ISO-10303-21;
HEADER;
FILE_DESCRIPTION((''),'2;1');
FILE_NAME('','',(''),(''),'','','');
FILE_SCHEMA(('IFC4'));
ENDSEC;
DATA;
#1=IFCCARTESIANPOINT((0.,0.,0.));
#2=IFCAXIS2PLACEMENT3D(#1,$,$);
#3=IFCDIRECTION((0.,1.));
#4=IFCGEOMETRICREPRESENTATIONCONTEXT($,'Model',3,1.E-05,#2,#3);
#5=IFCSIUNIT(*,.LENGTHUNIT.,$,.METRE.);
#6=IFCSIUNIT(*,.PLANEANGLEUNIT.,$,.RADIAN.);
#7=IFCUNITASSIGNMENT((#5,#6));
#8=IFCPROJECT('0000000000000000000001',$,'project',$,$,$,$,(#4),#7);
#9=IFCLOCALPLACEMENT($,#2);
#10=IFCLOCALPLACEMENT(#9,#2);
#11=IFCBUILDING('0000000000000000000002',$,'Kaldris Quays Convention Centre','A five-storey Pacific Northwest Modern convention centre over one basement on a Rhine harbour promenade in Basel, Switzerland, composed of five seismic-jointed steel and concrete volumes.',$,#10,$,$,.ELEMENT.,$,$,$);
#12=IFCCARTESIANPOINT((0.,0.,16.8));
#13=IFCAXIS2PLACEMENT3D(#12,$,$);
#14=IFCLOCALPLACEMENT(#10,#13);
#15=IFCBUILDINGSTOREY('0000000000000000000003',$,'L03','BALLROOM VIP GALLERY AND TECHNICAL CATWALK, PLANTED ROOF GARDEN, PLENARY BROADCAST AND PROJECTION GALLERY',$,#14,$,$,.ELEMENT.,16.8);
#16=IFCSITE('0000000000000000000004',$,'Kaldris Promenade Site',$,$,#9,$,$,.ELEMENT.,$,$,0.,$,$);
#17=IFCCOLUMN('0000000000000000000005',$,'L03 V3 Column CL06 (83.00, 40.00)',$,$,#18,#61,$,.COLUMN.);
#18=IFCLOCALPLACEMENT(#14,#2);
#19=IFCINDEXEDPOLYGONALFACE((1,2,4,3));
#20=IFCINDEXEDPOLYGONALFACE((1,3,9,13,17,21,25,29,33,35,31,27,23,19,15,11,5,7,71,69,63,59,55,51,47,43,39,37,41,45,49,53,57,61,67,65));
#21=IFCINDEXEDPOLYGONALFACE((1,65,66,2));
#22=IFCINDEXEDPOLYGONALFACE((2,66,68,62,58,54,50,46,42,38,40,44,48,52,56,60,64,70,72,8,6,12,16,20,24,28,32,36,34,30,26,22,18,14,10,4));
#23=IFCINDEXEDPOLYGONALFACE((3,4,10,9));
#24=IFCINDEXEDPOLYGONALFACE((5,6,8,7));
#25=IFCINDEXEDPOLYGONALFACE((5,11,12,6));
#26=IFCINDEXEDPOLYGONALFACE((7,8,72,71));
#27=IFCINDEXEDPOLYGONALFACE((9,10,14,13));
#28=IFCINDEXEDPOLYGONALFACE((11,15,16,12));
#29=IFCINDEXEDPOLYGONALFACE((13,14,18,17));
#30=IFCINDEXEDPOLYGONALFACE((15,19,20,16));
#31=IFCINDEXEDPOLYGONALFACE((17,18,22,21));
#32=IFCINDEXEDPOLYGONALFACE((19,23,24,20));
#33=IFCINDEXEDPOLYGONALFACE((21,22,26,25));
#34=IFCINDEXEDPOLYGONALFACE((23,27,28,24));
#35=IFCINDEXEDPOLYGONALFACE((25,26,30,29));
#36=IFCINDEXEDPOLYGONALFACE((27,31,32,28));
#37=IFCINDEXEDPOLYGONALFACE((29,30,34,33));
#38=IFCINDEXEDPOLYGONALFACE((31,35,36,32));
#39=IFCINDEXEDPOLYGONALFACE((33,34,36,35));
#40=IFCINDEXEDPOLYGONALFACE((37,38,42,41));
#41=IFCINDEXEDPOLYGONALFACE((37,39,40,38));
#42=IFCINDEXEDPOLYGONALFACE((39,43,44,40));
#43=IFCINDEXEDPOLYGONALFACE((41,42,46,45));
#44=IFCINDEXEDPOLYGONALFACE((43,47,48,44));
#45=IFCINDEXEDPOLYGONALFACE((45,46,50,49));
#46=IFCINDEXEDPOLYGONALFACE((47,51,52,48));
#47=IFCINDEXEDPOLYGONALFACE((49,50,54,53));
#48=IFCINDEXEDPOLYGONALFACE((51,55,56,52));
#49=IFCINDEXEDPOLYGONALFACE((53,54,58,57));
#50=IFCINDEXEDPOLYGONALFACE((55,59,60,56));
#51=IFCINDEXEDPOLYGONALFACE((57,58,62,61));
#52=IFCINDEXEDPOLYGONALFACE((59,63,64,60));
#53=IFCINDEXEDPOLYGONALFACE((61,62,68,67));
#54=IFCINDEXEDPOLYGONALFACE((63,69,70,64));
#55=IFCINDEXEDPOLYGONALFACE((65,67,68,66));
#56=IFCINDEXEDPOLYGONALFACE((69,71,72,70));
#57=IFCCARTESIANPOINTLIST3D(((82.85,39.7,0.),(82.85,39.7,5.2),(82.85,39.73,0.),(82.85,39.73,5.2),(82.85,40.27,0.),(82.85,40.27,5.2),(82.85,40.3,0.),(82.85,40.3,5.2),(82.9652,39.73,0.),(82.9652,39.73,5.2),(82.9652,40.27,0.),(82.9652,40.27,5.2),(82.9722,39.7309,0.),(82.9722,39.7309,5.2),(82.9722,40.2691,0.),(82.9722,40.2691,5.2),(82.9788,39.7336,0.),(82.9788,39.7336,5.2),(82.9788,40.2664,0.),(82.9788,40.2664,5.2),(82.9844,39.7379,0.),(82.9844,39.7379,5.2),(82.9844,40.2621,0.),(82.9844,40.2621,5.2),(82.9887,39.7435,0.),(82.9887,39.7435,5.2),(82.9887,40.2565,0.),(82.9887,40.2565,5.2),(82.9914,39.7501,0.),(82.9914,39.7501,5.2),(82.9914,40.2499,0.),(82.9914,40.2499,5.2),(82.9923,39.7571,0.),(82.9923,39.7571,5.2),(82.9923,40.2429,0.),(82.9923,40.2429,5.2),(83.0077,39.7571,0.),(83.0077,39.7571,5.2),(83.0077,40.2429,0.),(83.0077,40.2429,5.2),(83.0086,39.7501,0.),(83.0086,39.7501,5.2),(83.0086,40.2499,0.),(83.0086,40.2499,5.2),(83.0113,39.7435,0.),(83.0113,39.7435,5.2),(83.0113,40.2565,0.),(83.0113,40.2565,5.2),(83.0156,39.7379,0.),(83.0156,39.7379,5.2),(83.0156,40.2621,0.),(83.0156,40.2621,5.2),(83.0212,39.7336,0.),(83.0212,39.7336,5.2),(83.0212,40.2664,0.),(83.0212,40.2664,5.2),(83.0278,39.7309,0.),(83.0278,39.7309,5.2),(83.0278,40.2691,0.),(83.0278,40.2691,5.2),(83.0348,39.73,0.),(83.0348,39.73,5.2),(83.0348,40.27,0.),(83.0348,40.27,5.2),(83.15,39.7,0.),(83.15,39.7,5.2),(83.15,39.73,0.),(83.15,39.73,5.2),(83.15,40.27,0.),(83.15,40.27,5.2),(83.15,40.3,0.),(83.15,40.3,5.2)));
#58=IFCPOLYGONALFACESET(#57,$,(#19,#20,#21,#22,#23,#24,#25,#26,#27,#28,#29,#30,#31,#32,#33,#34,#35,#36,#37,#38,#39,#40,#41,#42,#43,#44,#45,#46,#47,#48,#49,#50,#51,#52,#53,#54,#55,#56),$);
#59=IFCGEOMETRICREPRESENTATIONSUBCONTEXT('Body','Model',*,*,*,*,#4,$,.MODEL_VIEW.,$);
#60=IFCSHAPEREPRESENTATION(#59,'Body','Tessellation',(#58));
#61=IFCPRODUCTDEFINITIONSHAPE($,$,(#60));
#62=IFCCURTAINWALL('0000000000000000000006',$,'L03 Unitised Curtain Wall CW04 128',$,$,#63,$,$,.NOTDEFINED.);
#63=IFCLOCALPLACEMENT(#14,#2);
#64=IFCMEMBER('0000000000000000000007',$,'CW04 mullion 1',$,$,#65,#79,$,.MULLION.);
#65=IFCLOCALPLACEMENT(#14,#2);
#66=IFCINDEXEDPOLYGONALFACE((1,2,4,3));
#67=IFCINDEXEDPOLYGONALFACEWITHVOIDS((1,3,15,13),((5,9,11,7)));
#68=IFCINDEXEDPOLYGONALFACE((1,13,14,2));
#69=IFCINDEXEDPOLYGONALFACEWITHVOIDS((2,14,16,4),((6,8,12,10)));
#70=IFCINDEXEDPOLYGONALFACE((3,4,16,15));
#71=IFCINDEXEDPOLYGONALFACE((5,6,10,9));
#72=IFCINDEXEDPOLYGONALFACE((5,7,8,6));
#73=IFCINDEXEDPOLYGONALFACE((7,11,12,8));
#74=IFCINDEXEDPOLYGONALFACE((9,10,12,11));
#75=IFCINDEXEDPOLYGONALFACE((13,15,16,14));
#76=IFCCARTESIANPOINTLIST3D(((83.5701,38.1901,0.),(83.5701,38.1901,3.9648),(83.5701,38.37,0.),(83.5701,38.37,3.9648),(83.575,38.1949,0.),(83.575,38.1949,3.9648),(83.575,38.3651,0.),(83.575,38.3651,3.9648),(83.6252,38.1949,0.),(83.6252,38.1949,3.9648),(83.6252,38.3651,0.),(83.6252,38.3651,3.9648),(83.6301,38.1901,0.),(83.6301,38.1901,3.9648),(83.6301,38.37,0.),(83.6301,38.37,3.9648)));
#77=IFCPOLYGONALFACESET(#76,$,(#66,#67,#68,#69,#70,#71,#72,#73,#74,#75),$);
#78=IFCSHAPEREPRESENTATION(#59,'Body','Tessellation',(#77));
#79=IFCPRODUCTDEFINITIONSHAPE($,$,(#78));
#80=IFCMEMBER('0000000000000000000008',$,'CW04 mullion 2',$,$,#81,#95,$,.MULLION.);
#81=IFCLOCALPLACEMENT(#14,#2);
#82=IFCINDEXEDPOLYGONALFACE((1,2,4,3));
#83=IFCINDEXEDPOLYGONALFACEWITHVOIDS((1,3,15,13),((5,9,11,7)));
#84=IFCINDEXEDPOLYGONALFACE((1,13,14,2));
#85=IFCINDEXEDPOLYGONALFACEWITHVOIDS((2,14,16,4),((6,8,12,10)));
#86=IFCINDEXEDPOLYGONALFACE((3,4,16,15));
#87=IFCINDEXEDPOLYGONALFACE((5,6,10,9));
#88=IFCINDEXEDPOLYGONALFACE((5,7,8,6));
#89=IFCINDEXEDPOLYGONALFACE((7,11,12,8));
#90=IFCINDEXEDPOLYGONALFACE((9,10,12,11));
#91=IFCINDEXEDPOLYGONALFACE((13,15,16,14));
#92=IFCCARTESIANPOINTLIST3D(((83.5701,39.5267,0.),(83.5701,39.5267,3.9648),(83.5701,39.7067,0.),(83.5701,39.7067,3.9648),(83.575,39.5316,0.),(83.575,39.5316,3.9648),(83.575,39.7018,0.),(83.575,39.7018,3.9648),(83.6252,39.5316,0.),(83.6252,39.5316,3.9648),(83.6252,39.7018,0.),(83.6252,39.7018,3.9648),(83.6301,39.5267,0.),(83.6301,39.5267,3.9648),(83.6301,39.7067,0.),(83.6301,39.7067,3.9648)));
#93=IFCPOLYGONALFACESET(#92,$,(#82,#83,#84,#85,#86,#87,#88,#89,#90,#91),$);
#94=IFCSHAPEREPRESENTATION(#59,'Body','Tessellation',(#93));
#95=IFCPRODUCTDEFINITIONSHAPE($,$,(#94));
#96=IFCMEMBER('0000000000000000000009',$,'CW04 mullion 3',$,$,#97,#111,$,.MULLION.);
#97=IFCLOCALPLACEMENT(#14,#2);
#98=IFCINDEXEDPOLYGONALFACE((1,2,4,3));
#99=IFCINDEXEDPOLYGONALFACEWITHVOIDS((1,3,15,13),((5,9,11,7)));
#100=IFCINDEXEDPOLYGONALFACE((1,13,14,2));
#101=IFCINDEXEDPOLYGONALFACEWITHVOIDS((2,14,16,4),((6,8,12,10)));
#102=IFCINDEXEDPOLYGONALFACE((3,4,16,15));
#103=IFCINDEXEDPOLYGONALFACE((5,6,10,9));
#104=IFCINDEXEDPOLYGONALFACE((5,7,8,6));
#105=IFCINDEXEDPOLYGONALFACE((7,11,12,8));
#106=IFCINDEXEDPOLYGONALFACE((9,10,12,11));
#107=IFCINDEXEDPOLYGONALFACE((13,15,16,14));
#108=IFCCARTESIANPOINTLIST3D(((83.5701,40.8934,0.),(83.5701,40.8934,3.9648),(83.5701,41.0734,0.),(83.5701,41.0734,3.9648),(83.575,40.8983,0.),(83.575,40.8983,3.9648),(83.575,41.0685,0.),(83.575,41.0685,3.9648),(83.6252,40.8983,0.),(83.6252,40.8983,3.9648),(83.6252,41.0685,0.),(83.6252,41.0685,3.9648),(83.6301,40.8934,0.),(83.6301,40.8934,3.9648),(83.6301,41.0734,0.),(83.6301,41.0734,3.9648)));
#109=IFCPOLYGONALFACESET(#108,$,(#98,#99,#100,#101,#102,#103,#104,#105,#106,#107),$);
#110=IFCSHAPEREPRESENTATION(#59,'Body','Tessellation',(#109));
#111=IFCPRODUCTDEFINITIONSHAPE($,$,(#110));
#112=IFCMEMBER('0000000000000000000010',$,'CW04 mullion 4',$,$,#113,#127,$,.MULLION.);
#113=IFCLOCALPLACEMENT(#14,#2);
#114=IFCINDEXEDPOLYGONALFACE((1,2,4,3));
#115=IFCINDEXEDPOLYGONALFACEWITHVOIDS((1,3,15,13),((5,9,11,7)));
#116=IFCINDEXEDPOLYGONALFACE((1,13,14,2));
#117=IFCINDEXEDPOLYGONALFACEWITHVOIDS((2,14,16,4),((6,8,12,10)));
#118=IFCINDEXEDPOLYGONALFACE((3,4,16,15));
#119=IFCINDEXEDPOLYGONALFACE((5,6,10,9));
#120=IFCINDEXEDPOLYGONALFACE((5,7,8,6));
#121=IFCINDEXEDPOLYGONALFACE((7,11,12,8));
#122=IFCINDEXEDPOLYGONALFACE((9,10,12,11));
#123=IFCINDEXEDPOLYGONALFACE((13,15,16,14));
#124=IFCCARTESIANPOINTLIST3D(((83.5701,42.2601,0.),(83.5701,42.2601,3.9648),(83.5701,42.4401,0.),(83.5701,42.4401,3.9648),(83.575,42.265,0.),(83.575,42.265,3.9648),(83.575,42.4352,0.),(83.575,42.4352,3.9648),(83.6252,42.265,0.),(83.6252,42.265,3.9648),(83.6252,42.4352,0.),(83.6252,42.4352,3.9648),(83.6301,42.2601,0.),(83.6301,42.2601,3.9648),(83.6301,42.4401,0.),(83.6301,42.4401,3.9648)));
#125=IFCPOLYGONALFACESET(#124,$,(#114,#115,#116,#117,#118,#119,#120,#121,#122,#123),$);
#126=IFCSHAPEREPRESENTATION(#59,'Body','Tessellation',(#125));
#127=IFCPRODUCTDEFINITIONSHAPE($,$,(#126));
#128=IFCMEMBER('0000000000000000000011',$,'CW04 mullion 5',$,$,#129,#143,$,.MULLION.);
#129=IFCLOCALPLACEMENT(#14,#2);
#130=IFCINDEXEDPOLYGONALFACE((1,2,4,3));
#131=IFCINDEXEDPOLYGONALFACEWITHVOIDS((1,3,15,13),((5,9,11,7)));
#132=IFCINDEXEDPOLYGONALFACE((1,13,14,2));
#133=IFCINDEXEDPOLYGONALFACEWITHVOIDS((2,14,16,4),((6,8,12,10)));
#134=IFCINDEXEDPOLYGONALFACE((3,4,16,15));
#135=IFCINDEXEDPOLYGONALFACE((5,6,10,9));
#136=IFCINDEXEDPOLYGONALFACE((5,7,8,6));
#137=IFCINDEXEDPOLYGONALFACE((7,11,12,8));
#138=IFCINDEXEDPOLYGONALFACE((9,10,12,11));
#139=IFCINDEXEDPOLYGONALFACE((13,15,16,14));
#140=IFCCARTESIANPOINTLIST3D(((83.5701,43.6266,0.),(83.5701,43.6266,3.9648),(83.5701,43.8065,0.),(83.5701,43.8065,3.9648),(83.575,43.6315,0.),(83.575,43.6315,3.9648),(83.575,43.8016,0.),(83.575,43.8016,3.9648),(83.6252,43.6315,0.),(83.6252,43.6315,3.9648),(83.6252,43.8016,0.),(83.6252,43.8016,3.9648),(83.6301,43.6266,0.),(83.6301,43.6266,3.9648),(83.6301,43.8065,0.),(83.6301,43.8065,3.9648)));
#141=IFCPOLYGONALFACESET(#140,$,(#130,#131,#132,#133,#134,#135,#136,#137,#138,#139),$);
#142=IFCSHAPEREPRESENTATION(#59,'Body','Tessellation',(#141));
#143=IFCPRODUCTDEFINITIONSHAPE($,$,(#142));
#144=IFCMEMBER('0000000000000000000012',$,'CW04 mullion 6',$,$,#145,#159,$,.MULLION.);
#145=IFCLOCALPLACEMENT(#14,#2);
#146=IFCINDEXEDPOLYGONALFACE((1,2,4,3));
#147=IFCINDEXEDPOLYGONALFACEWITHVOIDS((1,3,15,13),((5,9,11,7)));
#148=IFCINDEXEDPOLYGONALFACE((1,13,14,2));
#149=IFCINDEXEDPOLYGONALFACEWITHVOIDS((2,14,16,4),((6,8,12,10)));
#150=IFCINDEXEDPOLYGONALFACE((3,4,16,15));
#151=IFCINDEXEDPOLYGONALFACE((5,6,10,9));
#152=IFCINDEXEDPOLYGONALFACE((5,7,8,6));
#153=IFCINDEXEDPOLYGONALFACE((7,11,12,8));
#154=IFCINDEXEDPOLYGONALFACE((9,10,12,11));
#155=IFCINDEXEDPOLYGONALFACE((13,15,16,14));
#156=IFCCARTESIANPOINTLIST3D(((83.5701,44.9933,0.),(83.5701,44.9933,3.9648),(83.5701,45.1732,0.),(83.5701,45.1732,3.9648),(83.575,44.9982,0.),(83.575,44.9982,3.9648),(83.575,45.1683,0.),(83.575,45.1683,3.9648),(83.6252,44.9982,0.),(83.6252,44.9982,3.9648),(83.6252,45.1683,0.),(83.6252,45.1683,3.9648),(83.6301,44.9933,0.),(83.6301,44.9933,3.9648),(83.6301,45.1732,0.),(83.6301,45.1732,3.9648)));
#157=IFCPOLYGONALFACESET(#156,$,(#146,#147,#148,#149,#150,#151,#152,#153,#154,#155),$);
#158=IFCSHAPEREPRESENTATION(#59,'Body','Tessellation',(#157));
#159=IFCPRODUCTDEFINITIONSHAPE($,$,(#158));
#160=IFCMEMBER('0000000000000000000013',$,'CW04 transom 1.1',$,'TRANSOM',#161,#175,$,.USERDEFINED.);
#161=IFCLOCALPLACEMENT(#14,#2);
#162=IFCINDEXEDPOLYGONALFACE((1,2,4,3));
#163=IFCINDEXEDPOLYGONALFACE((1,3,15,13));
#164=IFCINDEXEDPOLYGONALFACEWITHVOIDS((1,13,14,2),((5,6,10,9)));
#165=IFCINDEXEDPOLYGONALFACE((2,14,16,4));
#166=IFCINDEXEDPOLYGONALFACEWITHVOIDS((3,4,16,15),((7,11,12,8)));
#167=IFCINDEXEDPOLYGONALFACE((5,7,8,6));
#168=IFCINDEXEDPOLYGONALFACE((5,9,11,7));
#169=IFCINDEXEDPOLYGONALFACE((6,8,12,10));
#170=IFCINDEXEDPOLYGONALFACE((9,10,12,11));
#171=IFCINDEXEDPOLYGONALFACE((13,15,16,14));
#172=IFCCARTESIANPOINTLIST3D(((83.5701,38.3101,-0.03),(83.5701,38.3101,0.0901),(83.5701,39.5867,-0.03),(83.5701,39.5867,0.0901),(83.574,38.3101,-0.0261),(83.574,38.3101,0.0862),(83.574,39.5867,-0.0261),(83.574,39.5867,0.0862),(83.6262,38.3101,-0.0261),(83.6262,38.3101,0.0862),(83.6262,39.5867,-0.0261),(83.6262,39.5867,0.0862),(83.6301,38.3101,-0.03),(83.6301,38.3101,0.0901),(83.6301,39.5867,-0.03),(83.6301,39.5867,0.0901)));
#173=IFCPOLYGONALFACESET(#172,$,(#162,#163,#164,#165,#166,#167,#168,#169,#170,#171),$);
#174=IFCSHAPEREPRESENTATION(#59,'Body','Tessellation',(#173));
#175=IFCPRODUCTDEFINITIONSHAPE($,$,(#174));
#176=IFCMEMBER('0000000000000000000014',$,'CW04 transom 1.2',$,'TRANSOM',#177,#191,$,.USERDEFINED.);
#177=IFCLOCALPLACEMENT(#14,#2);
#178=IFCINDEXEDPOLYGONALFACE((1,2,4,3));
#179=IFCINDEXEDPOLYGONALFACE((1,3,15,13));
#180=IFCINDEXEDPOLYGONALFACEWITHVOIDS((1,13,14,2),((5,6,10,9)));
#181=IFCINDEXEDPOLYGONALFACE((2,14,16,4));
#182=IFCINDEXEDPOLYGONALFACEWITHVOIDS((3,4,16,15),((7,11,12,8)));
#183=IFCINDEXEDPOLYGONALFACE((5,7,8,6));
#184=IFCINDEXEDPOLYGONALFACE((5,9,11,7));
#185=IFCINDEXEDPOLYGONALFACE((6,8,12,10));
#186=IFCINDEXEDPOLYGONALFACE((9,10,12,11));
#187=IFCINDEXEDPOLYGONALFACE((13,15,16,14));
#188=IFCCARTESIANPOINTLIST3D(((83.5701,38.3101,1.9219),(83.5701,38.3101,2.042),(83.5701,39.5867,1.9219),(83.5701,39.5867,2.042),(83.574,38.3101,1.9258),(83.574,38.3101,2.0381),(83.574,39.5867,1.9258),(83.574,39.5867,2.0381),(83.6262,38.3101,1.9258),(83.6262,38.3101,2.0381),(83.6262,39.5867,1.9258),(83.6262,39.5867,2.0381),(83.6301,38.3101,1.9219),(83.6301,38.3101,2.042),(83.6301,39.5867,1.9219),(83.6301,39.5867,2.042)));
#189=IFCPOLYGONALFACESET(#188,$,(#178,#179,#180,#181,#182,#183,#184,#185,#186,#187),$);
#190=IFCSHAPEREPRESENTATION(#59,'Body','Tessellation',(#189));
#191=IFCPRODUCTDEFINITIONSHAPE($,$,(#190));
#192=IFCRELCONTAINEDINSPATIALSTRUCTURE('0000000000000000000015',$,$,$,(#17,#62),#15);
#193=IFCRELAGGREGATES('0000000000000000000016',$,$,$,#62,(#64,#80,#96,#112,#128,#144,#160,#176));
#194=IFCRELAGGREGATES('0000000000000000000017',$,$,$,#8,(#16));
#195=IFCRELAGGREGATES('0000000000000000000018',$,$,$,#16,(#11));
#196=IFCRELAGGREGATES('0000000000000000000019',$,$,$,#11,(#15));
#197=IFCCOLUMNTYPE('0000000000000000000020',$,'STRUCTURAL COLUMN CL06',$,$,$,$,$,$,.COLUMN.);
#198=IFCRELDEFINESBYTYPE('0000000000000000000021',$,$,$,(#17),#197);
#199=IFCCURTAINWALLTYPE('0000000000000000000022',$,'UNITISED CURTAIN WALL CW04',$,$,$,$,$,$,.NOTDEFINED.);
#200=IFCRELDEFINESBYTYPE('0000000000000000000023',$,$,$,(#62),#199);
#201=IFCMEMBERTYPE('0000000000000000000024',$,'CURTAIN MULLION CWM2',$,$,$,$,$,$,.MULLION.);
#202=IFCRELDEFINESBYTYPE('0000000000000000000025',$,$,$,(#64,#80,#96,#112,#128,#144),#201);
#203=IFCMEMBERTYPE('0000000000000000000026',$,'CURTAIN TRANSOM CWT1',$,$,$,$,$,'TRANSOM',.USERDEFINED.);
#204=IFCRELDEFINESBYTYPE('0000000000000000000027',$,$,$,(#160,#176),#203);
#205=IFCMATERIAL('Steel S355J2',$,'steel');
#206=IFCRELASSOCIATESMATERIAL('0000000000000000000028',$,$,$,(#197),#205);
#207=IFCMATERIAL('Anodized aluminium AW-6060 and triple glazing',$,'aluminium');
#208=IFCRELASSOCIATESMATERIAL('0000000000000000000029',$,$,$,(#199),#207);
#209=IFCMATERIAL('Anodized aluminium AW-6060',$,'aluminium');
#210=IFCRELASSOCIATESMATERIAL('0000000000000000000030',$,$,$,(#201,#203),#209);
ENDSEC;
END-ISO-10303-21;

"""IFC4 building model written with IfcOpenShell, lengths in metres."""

from ifc_helpers import new_model, si_unit, direction, frame, origin, origin_2d, place, context, subcontext, project, spatial, hollow_rectangle, i_section, extrude, material, material_profile, profile_set, type_object, element, aggregate, save


model = new_model("IFC4")

# Units and contexts
model_context = context("Model", 3, precision=1e-05, world=origin(), true_north=direction((0.0, 1.0)))
body_context = subcontext(model_context, "Body", "Model", "MODEL_VIEW")
ifc_project = project(units=[si_unit("LENGTHUNIT", "METRE"), si_unit("PLANEANGLEUNIT", "RADIAN")], contexts=[model_context])

# Site, building, storey
site_placement = place(None, origin())
site = spatial("IfcSite", under=ifc_project, at=site_placement, Name="Kaldris Promenade Site", CompositionType="ELEMENT", RefElevation=0.0)
building_placement = place(site_placement, origin())
building = spatial("IfcBuilding", under=site, at=building_placement, Name="Kaldris Quays Convention Centre", Description="A five-storey Pacific Northwest Modern convention centre over one basement on a Rhine harbour promenade in Basel, Switzerland, composed of five seismic-jointed steel and concrete volumes.", CompositionType="ELEMENT")
storey_placement = place(building_placement, frame((0.0, 0.0, 16.8)))
storey = spatial("IfcBuildingStorey", under=building, at=storey_placement, Name="L03", Description="BALLROOM VIP GALLERY AND TECHNICAL CATWALK, PLANTED ROOF GARDEN, PLENARY BROADCAST AND PROJECTION GALLERY", CompositionType="ELEMENT", Elevation=16.8)

# Column
ifc_material_1 = material(Name="Steel S355J2", Category="steel")
ifc_material_profile_1 = material_profile(ifc_material_1, i_section(OverallWidth=0.3, OverallDepth=0.6001, WebThickness=0.0154, FlangeThickness=0.03, FilletRadius=0.0271, at=origin_2d()), Name="HEB 600")
ifc_profile_set_1 = profile_set([ifc_material_profile_1], Name="Steel S355J2")
column_type = type_object("IfcColumnType", Name="STRUCTURAL COLUMN CL06", PredefinedType="COLUMN", material=ifc_profile_set_1)
column_placement = place(storey_placement, frame((83.0, 40.0, 0.0), z_axis=(0.0, 0.0, 1.0), x_axis=(1.0, 0.0, 0.0)))
element("IfcColumn", 1, at=column_placement, inside=storey, type_object=column_type, Name="L03 V3 Column CL06 (83.00, 40.00)", PredefinedType="COLUMN", context=body_context, shape_type="SweptSolid", body=[
    extrude(i_section(OverallWidth=0.3, OverallDepth=0.6001, WebThickness=0.0154, FlangeThickness=0.03, FilletRadius=0.0271, at=origin_2d()), origin(), (0.0, 0.0, 1.0), 5.2),
])

# Curtain wall, members
ifc_material_2 = material(Name="Anodized aluminium AW-6060 and triple glazing", Category="aluminium")
curtain_wall_type = type_object("IfcCurtainWallType", Name="UNITISED CURTAIN WALL CW04", PredefinedType="NOTDEFINED", material=ifc_material_2)
curtain_wall_placement = place(storey_placement, origin())
curtain_wall = element("IfcCurtainWall", 2, at=curtain_wall_placement, inside=storey, type_object=curtain_wall_type, Name="L03 Unitised Curtain Wall CW04 128", PredefinedType="NOTDEFINED")
ifc_material_3 = material(Name="Anodized aluminium AW-6060", Category="aluminium")
ifc_material_profile_2 = material_profile(ifc_material_3, hollow_rectangle(XDim=0.0601, YDim=0.1799, WallThickness=0.0049, at=origin_2d()), Name="RHS 180x60x5")
ifc_profile_set_2 = profile_set([ifc_material_profile_2], Name="Anodized aluminium AW-6060")
member_type_1 = type_object("IfcMemberType", Name="CURTAIN MULLION CWM2", PredefinedType="MULLION", material=ifc_profile_set_2)
member_1_placement = place(storey_placement, frame((83.6001, 38.28, 0.0), z_axis=(0.0, 0.0, 1.0), x_axis=(-1.0, 0.0, 0.0)))
member_1 = element("IfcMember", 3, at=member_1_placement, type_object=member_type_1, Name="CW04 mullion 1", PredefinedType="MULLION", context=body_context, shape_type="SweptSolid", body=[
    extrude(hollow_rectangle(XDim=0.0601, YDim=0.1799, WallThickness=0.0049, at=origin_2d()), origin(), (0.0, 0.0, 1.0), 3.9648),
])
member_2_placement = place(storey_placement, frame((83.6001, 39.6167, 0.0), z_axis=(0.0, 0.0, 1.0), x_axis=(-1.0, 0.0, 0.0)))
member_2 = element("IfcMember", 4, at=member_2_placement, type_object=member_type_1, Name="CW04 mullion 2", PredefinedType="MULLION", context=body_context, shape_type="SweptSolid", body=[
    extrude(hollow_rectangle(XDim=0.0601, YDim=0.1799, WallThickness=0.0049, at=origin_2d()), origin(), (0.0, 0.0, 1.0), 3.9648),
])
member_3_placement = place(storey_placement, frame((83.6001, 40.9834, 0.0), z_axis=(0.0, 0.0, 1.0), x_axis=(-1.0, 0.0, 0.0)))
member_3 = element("IfcMember", 5, at=member_3_placement, type_object=member_type_1, Name="CW04 mullion 3", PredefinedType="MULLION", context=body_context, shape_type="SweptSolid", body=[
    extrude(hollow_rectangle(XDim=0.0601, YDim=0.1799, WallThickness=0.0049, at=origin_2d()), origin(), (0.0, 0.0, 1.0), 3.9648),
])
member_4_placement = place(storey_placement, frame((83.6001, 42.3501, 0.0), z_axis=(0.0, 0.0, 1.0), x_axis=(-1.0, 0.0, 0.0)))
member_4 = element("IfcMember", 6, at=member_4_placement, type_object=member_type_1, Name="CW04 mullion 4", PredefinedType="MULLION", context=body_context, shape_type="SweptSolid", body=[
    extrude(hollow_rectangle(XDim=0.0601, YDim=0.1799, WallThickness=0.0049, at=origin_2d()), origin(), (0.0, 0.0, 1.0), 3.9648),
])
member_5_placement = place(storey_placement, frame((83.6001, 43.7166, 0.0), z_axis=(0.0, 0.0, 1.0), x_axis=(-1.0, 0.0, 0.0)))
member_5 = element("IfcMember", 7, at=member_5_placement, type_object=member_type_1, Name="CW04 mullion 5", PredefinedType="MULLION", context=body_context, shape_type="SweptSolid", body=[
    extrude(hollow_rectangle(XDim=0.0601, YDim=0.1799, WallThickness=0.0049, at=origin_2d()), origin(), (0.0, 0.0, 1.0), 3.9648),
])
member_6_placement = place(storey_placement, frame((83.6001, 45.0833, 0.0), z_axis=(0.0, 0.0, 1.0), x_axis=(-1.0, 0.0, 0.0)))
member_6 = element("IfcMember", 8, at=member_6_placement, type_object=member_type_1, Name="CW04 mullion 6", PredefinedType="MULLION", context=body_context, shape_type="SweptSolid", body=[
    extrude(hollow_rectangle(XDim=0.0601, YDim=0.1799, WallThickness=0.0049, at=origin_2d()), origin(), (0.0, 0.0, 1.0), 3.9648),
])
ifc_material_profile_3 = material_profile(ifc_material_3, hollow_rectangle(XDim=0.0601, YDim=0.1201, WallThickness=0.0039, at=origin_2d()), Name="RHS 120x60x4")
ifc_profile_set_3 = profile_set([ifc_material_profile_3], Name="Anodized aluminium AW-6060")
member_type_2 = type_object("IfcMemberType", Name="CURTAIN TRANSOM CWT1", ElementType="TRANSOM", PredefinedType="USERDEFINED", material=ifc_profile_set_3)
member_7_placement = place(storey_placement, frame((83.6001, 38.3101, 0.03), z_axis=(0.0, 1.0, 0.0), x_axis=(-1.0, 0.0, 0.0)))
member_7 = element("IfcMember", 9, at=member_7_placement, type_object=member_type_2, Name="CW04 transom 1.1", ObjectType="TRANSOM", PredefinedType="USERDEFINED", context=body_context, shape_type="SweptSolid", body=[
    extrude(hollow_rectangle(XDim=0.0601, YDim=0.1201, WallThickness=0.0039, at=origin_2d()), origin(), (0.0, 0.0, 1.0), 1.2766),
])
member_8_placement = place(storey_placement, frame((83.6001, 38.3101, 1.9819), z_axis=(0.0, 1.0, 0.0), x_axis=(-1.0, 0.0, 0.0)))
member_8 = element("IfcMember", 10, at=member_8_placement, type_object=member_type_2, Name="CW04 transom 1.2", ObjectType="TRANSOM", PredefinedType="USERDEFINED", context=body_context, shape_type="SweptSolid", body=[
    extrude(hollow_rectangle(XDim=0.0601, YDim=0.1201, WallThickness=0.0039, at=origin_2d()), origin(), (0.0, 0.0, 1.0), 1.2766),
])
aggregate(curtain_wall, [member_1, member_2, member_3, member_4, member_5, member_6, member_7, member_8])

save(model, "model.ifc")
